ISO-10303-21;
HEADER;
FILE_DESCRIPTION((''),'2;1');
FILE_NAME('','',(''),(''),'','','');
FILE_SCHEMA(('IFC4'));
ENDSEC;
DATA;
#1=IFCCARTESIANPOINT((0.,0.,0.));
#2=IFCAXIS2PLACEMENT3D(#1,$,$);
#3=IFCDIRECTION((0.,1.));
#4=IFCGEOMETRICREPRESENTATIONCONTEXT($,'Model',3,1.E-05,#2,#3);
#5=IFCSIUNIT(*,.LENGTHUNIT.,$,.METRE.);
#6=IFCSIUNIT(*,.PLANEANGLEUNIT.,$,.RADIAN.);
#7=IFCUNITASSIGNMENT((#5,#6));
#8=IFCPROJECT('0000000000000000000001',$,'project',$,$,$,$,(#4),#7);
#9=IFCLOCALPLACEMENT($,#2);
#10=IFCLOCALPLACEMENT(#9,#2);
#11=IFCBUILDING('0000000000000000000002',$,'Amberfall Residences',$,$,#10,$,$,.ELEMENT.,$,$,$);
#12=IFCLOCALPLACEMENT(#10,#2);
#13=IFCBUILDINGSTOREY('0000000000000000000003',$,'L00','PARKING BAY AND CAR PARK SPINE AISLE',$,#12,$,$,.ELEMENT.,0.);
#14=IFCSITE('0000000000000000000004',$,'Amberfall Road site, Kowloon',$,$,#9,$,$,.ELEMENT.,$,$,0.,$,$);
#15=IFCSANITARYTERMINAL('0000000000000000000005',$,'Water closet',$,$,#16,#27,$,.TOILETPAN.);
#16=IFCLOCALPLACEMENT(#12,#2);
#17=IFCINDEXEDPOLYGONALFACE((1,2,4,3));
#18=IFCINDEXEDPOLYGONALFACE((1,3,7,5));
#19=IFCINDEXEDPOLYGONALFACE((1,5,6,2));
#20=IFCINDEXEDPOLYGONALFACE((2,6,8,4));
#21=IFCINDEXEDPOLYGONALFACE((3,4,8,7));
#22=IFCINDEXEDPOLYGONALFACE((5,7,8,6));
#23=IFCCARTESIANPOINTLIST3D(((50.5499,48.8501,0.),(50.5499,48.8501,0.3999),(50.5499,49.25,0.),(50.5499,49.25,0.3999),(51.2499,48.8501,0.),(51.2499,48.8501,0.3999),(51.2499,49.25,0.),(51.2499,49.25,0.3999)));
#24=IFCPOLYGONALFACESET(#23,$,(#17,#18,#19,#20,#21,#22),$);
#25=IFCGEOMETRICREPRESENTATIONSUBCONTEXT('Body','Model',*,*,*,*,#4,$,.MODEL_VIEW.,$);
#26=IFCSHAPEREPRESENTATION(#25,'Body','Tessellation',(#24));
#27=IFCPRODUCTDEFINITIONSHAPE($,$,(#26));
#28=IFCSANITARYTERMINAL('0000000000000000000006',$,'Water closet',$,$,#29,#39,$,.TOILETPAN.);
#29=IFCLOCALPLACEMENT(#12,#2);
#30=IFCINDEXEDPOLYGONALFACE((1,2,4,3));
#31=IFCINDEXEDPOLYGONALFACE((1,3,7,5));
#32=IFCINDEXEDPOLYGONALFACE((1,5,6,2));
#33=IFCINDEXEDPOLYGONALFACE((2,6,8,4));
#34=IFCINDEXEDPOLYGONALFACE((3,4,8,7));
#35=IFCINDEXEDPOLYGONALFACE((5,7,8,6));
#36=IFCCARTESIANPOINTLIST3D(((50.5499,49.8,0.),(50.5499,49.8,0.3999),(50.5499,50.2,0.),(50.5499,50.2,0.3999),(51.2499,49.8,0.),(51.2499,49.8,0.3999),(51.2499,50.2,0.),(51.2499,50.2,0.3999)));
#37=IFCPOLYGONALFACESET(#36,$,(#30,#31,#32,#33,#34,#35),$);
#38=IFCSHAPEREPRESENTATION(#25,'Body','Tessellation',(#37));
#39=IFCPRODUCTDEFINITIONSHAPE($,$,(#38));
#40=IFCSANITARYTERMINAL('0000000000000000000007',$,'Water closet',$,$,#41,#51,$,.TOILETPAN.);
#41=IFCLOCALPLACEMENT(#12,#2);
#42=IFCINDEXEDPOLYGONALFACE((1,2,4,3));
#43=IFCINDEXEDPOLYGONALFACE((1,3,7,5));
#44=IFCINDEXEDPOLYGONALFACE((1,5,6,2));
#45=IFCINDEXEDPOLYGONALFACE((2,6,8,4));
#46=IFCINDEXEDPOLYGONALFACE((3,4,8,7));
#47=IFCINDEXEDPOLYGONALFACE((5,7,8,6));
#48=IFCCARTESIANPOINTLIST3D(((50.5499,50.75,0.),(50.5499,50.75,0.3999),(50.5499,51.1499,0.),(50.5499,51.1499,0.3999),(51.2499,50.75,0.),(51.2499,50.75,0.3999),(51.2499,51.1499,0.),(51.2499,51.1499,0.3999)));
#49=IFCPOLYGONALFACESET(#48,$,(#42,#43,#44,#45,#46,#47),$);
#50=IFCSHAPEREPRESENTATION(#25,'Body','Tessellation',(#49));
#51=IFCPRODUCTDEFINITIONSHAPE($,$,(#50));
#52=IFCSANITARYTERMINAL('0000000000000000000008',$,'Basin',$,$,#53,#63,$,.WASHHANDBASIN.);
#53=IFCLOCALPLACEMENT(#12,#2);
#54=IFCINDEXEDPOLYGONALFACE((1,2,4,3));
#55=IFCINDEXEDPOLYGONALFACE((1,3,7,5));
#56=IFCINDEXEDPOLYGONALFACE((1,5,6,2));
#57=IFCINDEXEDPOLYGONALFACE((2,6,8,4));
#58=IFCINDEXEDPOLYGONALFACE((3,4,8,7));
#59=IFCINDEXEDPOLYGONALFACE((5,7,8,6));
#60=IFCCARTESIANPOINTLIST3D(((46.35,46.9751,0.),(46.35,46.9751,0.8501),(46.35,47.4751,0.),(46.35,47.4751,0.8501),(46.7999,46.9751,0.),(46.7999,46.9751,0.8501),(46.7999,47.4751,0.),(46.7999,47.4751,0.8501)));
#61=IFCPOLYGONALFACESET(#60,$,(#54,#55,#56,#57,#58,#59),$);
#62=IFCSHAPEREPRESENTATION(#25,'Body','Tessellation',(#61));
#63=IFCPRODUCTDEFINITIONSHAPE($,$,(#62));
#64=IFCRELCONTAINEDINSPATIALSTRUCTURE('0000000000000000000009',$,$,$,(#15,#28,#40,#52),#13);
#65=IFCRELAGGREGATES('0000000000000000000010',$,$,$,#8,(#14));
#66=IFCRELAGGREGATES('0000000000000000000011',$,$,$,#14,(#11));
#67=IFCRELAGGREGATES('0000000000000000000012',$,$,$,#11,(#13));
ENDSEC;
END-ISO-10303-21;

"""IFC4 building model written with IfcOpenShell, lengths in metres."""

from ifc_helpers import new_model, si_unit, direction, frame, origin, origin_2d, place, context, subcontext, project, spatial, rectangle, extrude, element, save


model = new_model("IFC4")

# Units and contexts
model_context = context("Model", 3, precision=1e-05, world=origin(), true_north=direction((0.0, 1.0)))
body_context = subcontext(model_context, "Body", "Model", "MODEL_VIEW")
ifc_project = project(units=[si_unit("LENGTHUNIT", "METRE"), si_unit("PLANEANGLEUNIT", "RADIAN")], contexts=[model_context])

# Site, building, storey
site_placement = place(None, origin())
site = spatial("IfcSite", under=ifc_project, at=site_placement, Name="Amberfall Road site, Kowloon", CompositionType="ELEMENT", RefElevation=0.0)
building_placement = place(site_placement, origin())
building = spatial("IfcBuilding", under=site, at=building_placement, Name="Amberfall Residences", CompositionType="ELEMENT")
storey_placement = place(building_placement, origin())
storey = spatial("IfcBuildingStorey", under=building, at=storey_placement, Name="L00", Description="PARKING BAY AND CAR PARK SPINE AISLE", CompositionType="ELEMENT", Elevation=0.0)

# Sanitary terminals
for number, where, z_axis, x_axis, name in (
    (1, (50.8999, 49.05, 0.0), (0.0, 0.0, 1.0), (1.0, 0.0, 0.0), "Water closet"),
    (2, (50.8999, 50.0, 0.0), (0.0, 0.0, 1.0), (1.0, 0.0, 0.0), "Water closet"),
    (3, (50.8999, 50.95, 0.0), (0.0, 0.0, 1.0), (1.0, 0.0, 0.0), "Water closet"),
):
    element("IfcSanitaryTerminal", number, at=place(storey_placement, frame(where, z_axis=z_axis, x_axis=x_axis)), inside=storey, Name=name, PredefinedType="TOILETPAN", context=body_context, shape_type="SweptSolid", body=[
        extrude(rectangle(XDim=0.7, YDim=0.3999, at=origin_2d()), origin(), (0.0, 0.0, 1.0), 0.3999),
    ])
sanitary_terminal_placement = place(storey_placement, frame((46.575, 47.2251, 0.0), z_axis=(0.0, 0.0, 1.0), x_axis=(1.0, 0.0, 0.0)))
element("IfcSanitaryTerminal", 4, at=sanitary_terminal_placement, inside=storey, Name="Basin", PredefinedType="WASHHANDBASIN", context=body_context, shape_type="SweptSolid", body=[
    extrude(rectangle(XDim=0.45, YDim=0.5, at=origin_2d()), origin(), (0.0, 0.0, 1.0), 0.8501),
])

save(model, "model.ifc")
